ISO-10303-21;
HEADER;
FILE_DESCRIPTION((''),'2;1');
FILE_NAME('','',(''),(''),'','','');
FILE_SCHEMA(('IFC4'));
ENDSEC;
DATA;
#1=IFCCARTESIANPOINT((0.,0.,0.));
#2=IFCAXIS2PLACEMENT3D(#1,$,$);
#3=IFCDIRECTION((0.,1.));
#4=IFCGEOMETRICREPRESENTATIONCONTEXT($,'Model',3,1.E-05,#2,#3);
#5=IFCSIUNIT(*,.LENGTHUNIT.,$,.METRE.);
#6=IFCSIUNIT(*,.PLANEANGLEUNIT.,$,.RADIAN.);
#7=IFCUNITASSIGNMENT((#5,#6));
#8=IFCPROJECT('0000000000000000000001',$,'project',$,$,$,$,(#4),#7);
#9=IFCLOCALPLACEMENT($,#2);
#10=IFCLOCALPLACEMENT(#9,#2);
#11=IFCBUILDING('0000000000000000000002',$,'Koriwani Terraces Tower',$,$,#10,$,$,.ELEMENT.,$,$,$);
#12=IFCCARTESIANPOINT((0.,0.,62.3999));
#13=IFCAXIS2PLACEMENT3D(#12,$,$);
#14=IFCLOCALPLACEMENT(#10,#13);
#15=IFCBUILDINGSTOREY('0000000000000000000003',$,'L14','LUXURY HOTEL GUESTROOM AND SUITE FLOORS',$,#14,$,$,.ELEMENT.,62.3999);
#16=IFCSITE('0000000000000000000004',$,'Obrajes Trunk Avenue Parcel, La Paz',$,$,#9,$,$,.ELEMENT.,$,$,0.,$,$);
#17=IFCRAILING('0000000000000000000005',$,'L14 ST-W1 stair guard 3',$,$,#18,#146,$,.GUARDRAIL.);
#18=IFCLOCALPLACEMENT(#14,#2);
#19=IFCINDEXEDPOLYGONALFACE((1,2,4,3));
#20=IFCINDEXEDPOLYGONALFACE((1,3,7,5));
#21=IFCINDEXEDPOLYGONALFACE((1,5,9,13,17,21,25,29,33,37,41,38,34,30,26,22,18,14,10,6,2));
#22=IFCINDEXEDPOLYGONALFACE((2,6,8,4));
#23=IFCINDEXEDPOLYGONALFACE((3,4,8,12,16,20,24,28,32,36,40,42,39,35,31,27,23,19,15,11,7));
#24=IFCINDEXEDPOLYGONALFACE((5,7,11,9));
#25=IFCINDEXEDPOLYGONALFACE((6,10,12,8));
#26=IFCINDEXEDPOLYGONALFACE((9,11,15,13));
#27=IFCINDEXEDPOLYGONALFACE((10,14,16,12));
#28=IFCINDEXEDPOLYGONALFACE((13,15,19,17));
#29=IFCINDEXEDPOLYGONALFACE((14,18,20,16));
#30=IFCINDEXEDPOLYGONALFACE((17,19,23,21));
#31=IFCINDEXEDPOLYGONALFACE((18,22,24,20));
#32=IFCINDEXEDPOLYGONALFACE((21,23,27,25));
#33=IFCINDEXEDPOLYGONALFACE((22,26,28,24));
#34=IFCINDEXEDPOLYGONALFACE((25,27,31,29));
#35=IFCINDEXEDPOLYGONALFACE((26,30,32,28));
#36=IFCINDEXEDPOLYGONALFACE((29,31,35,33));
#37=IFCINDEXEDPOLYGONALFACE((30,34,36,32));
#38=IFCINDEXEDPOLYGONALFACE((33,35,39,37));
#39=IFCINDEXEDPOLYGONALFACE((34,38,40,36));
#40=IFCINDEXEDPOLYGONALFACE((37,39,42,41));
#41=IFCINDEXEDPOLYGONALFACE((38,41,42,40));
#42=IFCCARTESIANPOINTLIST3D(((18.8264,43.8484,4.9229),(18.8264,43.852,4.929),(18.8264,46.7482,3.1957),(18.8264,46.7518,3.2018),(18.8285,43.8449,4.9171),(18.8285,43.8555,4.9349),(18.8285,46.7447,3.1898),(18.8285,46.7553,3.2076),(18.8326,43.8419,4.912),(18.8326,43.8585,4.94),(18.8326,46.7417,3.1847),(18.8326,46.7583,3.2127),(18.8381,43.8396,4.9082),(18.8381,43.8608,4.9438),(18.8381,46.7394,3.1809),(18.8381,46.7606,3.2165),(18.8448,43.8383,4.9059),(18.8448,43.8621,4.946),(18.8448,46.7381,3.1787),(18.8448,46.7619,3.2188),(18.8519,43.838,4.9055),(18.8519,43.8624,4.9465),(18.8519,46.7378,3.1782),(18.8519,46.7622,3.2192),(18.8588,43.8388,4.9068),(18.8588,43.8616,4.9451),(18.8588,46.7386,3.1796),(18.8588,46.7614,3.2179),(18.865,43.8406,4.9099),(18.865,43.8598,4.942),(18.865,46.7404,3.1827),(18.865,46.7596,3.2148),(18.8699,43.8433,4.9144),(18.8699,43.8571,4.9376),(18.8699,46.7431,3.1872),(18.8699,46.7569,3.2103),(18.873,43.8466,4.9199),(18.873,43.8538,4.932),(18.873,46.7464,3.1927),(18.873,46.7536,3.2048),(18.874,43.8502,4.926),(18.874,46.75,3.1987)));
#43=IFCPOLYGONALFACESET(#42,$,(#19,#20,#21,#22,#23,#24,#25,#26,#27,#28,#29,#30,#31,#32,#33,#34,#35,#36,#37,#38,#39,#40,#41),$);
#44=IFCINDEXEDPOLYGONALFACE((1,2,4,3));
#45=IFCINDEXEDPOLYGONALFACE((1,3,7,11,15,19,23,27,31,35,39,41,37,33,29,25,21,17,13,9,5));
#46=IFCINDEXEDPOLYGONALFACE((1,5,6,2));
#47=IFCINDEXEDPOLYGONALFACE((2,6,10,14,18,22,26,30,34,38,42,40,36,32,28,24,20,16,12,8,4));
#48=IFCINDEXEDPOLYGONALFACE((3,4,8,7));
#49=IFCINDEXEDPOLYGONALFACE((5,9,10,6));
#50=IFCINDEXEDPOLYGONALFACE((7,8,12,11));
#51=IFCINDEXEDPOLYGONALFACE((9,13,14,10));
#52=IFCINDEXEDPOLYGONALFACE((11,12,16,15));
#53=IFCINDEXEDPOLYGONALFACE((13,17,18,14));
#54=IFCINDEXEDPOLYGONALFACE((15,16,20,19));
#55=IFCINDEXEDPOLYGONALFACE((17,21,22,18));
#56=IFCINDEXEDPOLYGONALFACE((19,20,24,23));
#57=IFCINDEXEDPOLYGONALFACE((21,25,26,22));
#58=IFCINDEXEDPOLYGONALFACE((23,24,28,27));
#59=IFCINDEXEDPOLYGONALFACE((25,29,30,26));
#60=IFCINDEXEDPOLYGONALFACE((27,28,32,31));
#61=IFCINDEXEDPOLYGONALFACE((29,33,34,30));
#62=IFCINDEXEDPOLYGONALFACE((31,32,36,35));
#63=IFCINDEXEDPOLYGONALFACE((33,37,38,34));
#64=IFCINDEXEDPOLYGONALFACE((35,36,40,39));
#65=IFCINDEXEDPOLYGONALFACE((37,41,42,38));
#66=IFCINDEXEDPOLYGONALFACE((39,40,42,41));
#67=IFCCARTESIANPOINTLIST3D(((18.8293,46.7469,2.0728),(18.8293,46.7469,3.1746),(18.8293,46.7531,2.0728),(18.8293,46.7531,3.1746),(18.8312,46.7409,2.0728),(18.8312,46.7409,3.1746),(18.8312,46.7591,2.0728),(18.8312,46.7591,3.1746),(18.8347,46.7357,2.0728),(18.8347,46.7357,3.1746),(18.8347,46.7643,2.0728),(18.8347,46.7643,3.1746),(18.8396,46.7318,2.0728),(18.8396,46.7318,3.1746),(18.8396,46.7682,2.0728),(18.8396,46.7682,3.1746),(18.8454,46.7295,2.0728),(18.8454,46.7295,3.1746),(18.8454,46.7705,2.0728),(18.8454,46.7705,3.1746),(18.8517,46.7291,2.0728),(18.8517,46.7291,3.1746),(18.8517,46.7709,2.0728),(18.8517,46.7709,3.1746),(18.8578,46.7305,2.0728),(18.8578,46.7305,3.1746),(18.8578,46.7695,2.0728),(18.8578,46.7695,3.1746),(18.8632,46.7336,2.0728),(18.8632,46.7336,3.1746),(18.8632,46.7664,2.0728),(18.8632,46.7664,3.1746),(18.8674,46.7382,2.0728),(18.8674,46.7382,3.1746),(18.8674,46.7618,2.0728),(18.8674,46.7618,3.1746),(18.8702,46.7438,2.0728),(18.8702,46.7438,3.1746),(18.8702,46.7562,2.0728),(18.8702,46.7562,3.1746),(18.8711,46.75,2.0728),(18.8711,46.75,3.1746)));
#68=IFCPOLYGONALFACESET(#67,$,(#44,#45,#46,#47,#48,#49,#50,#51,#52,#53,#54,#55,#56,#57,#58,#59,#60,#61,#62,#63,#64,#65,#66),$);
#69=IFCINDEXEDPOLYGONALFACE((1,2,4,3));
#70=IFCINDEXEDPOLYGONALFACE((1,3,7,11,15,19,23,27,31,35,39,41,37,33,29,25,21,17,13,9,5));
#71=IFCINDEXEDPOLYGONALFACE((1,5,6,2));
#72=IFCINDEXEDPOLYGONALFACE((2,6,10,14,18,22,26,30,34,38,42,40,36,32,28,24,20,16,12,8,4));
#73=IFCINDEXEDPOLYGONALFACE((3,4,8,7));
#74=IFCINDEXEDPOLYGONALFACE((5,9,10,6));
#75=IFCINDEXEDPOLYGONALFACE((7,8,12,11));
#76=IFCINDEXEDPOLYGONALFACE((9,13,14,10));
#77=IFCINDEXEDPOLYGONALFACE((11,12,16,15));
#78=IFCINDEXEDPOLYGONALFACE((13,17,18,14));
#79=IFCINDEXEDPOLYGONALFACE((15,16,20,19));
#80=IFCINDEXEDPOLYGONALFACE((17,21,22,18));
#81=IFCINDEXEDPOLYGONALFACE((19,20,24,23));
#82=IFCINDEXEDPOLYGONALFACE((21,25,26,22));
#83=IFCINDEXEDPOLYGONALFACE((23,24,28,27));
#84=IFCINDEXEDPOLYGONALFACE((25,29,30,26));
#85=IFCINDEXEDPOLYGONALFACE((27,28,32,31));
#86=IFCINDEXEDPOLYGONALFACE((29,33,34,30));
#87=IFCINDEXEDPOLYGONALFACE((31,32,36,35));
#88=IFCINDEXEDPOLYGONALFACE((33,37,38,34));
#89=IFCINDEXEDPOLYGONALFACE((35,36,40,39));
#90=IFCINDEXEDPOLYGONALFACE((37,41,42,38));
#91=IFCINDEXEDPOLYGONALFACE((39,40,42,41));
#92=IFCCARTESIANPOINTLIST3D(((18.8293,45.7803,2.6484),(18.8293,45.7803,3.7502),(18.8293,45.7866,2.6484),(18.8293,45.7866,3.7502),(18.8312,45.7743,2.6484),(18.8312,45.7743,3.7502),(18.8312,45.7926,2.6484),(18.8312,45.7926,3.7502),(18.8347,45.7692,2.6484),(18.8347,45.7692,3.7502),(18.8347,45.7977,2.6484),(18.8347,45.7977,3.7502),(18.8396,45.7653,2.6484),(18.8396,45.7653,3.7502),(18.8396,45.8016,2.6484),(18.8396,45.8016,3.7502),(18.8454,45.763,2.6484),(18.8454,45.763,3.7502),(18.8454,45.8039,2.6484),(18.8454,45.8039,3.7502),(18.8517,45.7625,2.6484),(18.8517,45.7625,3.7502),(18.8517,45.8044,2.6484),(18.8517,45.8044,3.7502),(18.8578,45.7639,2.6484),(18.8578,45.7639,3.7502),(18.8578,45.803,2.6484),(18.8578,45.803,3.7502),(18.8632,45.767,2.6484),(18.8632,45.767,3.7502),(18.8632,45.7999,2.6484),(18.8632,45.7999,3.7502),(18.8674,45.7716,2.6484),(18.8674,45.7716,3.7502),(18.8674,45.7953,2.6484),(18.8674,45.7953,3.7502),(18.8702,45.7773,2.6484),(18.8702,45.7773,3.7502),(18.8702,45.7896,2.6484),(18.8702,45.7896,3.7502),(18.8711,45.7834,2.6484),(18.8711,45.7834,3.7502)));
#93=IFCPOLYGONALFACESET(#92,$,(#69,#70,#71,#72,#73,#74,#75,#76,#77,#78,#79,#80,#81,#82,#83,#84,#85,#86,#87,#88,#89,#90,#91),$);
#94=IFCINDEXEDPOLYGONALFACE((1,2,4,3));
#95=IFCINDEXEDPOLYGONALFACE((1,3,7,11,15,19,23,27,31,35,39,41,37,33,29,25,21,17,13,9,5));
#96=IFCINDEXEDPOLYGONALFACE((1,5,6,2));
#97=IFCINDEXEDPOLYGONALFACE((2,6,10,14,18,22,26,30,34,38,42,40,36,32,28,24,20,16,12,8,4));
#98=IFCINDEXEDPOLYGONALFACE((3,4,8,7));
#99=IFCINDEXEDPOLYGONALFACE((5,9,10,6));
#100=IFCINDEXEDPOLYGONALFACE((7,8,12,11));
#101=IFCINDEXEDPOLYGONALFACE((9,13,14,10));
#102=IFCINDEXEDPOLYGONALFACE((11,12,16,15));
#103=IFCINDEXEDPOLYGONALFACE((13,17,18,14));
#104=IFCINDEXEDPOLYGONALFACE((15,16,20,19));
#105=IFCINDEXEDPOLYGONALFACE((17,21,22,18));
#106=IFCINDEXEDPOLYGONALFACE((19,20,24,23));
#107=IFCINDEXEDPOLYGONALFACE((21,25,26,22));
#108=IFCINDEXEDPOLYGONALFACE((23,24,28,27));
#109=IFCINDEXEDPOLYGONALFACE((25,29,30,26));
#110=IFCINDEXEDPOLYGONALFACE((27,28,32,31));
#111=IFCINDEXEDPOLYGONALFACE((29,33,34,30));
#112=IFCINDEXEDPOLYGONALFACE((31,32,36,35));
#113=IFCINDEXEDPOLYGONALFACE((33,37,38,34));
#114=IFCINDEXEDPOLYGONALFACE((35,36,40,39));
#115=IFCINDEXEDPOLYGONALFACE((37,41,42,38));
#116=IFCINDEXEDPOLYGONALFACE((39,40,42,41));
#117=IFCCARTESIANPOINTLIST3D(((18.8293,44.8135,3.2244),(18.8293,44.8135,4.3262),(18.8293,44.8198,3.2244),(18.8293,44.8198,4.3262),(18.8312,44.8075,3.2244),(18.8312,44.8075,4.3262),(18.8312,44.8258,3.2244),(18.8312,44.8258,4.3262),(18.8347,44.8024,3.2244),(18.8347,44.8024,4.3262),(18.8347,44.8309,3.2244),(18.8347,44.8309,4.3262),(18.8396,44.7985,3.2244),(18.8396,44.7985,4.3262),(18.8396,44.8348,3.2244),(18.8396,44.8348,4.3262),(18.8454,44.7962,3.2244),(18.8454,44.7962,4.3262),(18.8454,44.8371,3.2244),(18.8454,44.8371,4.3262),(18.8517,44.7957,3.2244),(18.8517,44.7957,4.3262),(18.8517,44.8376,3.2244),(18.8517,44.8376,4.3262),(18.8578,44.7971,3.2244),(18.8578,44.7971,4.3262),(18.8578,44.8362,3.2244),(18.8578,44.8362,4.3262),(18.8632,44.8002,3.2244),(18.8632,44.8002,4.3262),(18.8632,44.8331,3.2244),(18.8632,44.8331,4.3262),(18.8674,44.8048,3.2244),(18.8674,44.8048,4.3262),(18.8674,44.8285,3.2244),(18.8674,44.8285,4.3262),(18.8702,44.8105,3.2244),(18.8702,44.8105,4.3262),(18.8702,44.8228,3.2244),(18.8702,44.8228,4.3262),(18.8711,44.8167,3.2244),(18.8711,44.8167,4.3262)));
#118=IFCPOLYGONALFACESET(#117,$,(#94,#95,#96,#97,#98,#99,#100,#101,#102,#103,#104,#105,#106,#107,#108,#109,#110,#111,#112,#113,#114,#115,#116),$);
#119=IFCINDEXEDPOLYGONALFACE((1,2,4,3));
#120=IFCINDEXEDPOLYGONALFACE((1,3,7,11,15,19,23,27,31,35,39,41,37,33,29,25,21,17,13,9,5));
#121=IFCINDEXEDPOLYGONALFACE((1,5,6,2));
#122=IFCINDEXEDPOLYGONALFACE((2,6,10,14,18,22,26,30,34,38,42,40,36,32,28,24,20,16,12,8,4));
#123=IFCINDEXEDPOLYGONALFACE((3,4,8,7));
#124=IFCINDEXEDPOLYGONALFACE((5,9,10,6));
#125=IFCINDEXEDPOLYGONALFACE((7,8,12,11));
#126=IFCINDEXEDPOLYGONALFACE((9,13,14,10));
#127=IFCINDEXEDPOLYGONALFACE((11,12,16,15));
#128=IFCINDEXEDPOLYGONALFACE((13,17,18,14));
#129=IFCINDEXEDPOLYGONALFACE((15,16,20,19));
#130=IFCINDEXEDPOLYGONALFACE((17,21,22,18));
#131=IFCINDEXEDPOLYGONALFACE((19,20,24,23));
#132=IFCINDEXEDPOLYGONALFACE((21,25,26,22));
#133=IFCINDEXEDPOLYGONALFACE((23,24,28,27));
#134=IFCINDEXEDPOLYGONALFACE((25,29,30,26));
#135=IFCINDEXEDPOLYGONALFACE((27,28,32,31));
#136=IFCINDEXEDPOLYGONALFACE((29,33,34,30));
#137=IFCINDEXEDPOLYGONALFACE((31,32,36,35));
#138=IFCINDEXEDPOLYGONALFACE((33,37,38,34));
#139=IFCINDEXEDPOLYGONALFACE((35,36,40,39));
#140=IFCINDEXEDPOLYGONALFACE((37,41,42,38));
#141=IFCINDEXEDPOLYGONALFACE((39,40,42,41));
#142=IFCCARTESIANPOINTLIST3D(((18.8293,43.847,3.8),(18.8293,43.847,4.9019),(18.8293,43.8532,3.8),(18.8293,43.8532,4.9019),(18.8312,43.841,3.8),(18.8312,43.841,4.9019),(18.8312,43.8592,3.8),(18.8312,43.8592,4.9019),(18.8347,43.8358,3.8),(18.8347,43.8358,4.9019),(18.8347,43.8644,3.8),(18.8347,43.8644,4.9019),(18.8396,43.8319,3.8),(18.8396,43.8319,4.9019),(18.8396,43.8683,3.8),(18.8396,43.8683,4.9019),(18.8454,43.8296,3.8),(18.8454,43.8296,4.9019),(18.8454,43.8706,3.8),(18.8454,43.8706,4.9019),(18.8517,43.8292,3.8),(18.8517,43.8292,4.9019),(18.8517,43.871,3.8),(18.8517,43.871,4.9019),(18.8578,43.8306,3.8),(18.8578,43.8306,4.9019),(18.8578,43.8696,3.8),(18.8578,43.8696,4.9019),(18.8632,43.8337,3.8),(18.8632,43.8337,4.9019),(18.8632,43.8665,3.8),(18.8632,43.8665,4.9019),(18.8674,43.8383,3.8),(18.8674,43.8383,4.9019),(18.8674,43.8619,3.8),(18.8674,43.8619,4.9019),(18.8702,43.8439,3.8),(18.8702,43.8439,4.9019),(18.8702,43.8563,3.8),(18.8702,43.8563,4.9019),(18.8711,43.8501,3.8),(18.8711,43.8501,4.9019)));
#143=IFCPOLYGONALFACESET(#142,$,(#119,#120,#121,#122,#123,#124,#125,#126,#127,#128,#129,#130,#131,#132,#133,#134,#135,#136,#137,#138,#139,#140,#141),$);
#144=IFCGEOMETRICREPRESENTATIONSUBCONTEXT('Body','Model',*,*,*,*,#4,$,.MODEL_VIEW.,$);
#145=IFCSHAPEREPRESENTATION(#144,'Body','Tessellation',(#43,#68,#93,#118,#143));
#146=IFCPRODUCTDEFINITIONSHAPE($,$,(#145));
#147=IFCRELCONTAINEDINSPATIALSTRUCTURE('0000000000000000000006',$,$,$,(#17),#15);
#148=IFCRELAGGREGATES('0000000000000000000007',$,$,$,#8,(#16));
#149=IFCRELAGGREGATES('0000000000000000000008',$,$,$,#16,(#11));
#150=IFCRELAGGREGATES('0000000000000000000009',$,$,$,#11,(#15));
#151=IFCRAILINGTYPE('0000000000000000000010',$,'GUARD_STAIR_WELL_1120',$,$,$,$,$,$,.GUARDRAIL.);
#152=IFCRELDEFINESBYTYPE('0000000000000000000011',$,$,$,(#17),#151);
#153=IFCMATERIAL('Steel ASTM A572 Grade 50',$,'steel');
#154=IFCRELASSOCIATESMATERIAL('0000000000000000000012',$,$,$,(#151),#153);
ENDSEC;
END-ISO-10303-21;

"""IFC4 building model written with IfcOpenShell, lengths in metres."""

from ifc_helpers import new_model, si_unit, direction, frame, origin, origin_2d, place, context, subcontext, project, spatial, circle, extrude, material, type_object, element, save


model = new_model("IFC4")

# Units and contexts
model_context = context("Model", 3, precision=1e-05, world=origin(), true_north=direction((0.0, 1.0)))
body_context = subcontext(model_context, "Body", "Model", "MODEL_VIEW")
ifc_project = project(units=[si_unit("LENGTHUNIT", "METRE"), si_unit("PLANEANGLEUNIT", "RADIAN")], contexts=[model_context])

# Site, building, storey
site_placement = place(None, origin())
site = spatial("IfcSite", under=ifc_project, at=site_placement, Name="Obrajes Trunk Avenue Parcel, La Paz", CompositionType="ELEMENT", RefElevation=0.0)
building_placement = place(site_placement, origin())
building = spatial("IfcBuilding", under=site, at=building_placement, Name="Koriwani Terraces Tower", CompositionType="ELEMENT")
storey_placement = place(building_placement, frame((0.0, 0.0, 62.3999)))
storey = spatial("IfcBuildingStorey", under=building, at=storey_placement, Name="L14", Description="LUXURY HOTEL GUESTROOM AND SUITE FLOORS", CompositionType="ELEMENT", Elevation=62.3999)

# Shared definitions
ifc_material_1 = material(Name="Steel ASTM A572 Grade 50", Category="steel")

# Railing
railing_type = type_object("IfcRailingType", Name="GUARD_STAIR_WELL_1120", PredefinedType="GUARDRAIL", material=ifc_material_1)
railing_1_placement = place(storey_placement, frame((18.8501, 46.75, 2.0728)))
element("IfcRailing", 1, at=railing_1_placement, inside=storey, type_object=railing_type, Name="L14 ST-W1 stair guard 3", PredefinedType="GUARDRAIL", context=body_context, shape_type="SweptSolid", body=[
    extrude(circle(Radius=0.0239, at=origin_2d()), frame((0.0, 0.0, 1.126), z_axis=(0.0, -0.859141, 0.511738), x_axis=(1.0, 0.0, 0.0)), (0.0, 0.0, 1.0), 3.3752),
    extrude(circle(Radius=0.021, at=origin_2d()), origin(), (0.0, 0.0, 1.0), 1.1018),
    extrude(circle(Radius=0.021, at=origin_2d()), frame((0.0, -0.9666, 0.5757)), (0.0, 0.0, 1.0), 1.1018),
    extrude(circle(Radius=0.021, at=origin_2d()), frame((0.0, -1.9333, 1.1516)), (0.0, 0.0, 1.0), 1.1018),
    extrude(circle(Radius=0.021, at=origin_2d()), frame((0.0, -2.8999, 1.7273)), (0.0, 0.0, 1.0), 1.1018),
])

save(model, "model.ifc")
